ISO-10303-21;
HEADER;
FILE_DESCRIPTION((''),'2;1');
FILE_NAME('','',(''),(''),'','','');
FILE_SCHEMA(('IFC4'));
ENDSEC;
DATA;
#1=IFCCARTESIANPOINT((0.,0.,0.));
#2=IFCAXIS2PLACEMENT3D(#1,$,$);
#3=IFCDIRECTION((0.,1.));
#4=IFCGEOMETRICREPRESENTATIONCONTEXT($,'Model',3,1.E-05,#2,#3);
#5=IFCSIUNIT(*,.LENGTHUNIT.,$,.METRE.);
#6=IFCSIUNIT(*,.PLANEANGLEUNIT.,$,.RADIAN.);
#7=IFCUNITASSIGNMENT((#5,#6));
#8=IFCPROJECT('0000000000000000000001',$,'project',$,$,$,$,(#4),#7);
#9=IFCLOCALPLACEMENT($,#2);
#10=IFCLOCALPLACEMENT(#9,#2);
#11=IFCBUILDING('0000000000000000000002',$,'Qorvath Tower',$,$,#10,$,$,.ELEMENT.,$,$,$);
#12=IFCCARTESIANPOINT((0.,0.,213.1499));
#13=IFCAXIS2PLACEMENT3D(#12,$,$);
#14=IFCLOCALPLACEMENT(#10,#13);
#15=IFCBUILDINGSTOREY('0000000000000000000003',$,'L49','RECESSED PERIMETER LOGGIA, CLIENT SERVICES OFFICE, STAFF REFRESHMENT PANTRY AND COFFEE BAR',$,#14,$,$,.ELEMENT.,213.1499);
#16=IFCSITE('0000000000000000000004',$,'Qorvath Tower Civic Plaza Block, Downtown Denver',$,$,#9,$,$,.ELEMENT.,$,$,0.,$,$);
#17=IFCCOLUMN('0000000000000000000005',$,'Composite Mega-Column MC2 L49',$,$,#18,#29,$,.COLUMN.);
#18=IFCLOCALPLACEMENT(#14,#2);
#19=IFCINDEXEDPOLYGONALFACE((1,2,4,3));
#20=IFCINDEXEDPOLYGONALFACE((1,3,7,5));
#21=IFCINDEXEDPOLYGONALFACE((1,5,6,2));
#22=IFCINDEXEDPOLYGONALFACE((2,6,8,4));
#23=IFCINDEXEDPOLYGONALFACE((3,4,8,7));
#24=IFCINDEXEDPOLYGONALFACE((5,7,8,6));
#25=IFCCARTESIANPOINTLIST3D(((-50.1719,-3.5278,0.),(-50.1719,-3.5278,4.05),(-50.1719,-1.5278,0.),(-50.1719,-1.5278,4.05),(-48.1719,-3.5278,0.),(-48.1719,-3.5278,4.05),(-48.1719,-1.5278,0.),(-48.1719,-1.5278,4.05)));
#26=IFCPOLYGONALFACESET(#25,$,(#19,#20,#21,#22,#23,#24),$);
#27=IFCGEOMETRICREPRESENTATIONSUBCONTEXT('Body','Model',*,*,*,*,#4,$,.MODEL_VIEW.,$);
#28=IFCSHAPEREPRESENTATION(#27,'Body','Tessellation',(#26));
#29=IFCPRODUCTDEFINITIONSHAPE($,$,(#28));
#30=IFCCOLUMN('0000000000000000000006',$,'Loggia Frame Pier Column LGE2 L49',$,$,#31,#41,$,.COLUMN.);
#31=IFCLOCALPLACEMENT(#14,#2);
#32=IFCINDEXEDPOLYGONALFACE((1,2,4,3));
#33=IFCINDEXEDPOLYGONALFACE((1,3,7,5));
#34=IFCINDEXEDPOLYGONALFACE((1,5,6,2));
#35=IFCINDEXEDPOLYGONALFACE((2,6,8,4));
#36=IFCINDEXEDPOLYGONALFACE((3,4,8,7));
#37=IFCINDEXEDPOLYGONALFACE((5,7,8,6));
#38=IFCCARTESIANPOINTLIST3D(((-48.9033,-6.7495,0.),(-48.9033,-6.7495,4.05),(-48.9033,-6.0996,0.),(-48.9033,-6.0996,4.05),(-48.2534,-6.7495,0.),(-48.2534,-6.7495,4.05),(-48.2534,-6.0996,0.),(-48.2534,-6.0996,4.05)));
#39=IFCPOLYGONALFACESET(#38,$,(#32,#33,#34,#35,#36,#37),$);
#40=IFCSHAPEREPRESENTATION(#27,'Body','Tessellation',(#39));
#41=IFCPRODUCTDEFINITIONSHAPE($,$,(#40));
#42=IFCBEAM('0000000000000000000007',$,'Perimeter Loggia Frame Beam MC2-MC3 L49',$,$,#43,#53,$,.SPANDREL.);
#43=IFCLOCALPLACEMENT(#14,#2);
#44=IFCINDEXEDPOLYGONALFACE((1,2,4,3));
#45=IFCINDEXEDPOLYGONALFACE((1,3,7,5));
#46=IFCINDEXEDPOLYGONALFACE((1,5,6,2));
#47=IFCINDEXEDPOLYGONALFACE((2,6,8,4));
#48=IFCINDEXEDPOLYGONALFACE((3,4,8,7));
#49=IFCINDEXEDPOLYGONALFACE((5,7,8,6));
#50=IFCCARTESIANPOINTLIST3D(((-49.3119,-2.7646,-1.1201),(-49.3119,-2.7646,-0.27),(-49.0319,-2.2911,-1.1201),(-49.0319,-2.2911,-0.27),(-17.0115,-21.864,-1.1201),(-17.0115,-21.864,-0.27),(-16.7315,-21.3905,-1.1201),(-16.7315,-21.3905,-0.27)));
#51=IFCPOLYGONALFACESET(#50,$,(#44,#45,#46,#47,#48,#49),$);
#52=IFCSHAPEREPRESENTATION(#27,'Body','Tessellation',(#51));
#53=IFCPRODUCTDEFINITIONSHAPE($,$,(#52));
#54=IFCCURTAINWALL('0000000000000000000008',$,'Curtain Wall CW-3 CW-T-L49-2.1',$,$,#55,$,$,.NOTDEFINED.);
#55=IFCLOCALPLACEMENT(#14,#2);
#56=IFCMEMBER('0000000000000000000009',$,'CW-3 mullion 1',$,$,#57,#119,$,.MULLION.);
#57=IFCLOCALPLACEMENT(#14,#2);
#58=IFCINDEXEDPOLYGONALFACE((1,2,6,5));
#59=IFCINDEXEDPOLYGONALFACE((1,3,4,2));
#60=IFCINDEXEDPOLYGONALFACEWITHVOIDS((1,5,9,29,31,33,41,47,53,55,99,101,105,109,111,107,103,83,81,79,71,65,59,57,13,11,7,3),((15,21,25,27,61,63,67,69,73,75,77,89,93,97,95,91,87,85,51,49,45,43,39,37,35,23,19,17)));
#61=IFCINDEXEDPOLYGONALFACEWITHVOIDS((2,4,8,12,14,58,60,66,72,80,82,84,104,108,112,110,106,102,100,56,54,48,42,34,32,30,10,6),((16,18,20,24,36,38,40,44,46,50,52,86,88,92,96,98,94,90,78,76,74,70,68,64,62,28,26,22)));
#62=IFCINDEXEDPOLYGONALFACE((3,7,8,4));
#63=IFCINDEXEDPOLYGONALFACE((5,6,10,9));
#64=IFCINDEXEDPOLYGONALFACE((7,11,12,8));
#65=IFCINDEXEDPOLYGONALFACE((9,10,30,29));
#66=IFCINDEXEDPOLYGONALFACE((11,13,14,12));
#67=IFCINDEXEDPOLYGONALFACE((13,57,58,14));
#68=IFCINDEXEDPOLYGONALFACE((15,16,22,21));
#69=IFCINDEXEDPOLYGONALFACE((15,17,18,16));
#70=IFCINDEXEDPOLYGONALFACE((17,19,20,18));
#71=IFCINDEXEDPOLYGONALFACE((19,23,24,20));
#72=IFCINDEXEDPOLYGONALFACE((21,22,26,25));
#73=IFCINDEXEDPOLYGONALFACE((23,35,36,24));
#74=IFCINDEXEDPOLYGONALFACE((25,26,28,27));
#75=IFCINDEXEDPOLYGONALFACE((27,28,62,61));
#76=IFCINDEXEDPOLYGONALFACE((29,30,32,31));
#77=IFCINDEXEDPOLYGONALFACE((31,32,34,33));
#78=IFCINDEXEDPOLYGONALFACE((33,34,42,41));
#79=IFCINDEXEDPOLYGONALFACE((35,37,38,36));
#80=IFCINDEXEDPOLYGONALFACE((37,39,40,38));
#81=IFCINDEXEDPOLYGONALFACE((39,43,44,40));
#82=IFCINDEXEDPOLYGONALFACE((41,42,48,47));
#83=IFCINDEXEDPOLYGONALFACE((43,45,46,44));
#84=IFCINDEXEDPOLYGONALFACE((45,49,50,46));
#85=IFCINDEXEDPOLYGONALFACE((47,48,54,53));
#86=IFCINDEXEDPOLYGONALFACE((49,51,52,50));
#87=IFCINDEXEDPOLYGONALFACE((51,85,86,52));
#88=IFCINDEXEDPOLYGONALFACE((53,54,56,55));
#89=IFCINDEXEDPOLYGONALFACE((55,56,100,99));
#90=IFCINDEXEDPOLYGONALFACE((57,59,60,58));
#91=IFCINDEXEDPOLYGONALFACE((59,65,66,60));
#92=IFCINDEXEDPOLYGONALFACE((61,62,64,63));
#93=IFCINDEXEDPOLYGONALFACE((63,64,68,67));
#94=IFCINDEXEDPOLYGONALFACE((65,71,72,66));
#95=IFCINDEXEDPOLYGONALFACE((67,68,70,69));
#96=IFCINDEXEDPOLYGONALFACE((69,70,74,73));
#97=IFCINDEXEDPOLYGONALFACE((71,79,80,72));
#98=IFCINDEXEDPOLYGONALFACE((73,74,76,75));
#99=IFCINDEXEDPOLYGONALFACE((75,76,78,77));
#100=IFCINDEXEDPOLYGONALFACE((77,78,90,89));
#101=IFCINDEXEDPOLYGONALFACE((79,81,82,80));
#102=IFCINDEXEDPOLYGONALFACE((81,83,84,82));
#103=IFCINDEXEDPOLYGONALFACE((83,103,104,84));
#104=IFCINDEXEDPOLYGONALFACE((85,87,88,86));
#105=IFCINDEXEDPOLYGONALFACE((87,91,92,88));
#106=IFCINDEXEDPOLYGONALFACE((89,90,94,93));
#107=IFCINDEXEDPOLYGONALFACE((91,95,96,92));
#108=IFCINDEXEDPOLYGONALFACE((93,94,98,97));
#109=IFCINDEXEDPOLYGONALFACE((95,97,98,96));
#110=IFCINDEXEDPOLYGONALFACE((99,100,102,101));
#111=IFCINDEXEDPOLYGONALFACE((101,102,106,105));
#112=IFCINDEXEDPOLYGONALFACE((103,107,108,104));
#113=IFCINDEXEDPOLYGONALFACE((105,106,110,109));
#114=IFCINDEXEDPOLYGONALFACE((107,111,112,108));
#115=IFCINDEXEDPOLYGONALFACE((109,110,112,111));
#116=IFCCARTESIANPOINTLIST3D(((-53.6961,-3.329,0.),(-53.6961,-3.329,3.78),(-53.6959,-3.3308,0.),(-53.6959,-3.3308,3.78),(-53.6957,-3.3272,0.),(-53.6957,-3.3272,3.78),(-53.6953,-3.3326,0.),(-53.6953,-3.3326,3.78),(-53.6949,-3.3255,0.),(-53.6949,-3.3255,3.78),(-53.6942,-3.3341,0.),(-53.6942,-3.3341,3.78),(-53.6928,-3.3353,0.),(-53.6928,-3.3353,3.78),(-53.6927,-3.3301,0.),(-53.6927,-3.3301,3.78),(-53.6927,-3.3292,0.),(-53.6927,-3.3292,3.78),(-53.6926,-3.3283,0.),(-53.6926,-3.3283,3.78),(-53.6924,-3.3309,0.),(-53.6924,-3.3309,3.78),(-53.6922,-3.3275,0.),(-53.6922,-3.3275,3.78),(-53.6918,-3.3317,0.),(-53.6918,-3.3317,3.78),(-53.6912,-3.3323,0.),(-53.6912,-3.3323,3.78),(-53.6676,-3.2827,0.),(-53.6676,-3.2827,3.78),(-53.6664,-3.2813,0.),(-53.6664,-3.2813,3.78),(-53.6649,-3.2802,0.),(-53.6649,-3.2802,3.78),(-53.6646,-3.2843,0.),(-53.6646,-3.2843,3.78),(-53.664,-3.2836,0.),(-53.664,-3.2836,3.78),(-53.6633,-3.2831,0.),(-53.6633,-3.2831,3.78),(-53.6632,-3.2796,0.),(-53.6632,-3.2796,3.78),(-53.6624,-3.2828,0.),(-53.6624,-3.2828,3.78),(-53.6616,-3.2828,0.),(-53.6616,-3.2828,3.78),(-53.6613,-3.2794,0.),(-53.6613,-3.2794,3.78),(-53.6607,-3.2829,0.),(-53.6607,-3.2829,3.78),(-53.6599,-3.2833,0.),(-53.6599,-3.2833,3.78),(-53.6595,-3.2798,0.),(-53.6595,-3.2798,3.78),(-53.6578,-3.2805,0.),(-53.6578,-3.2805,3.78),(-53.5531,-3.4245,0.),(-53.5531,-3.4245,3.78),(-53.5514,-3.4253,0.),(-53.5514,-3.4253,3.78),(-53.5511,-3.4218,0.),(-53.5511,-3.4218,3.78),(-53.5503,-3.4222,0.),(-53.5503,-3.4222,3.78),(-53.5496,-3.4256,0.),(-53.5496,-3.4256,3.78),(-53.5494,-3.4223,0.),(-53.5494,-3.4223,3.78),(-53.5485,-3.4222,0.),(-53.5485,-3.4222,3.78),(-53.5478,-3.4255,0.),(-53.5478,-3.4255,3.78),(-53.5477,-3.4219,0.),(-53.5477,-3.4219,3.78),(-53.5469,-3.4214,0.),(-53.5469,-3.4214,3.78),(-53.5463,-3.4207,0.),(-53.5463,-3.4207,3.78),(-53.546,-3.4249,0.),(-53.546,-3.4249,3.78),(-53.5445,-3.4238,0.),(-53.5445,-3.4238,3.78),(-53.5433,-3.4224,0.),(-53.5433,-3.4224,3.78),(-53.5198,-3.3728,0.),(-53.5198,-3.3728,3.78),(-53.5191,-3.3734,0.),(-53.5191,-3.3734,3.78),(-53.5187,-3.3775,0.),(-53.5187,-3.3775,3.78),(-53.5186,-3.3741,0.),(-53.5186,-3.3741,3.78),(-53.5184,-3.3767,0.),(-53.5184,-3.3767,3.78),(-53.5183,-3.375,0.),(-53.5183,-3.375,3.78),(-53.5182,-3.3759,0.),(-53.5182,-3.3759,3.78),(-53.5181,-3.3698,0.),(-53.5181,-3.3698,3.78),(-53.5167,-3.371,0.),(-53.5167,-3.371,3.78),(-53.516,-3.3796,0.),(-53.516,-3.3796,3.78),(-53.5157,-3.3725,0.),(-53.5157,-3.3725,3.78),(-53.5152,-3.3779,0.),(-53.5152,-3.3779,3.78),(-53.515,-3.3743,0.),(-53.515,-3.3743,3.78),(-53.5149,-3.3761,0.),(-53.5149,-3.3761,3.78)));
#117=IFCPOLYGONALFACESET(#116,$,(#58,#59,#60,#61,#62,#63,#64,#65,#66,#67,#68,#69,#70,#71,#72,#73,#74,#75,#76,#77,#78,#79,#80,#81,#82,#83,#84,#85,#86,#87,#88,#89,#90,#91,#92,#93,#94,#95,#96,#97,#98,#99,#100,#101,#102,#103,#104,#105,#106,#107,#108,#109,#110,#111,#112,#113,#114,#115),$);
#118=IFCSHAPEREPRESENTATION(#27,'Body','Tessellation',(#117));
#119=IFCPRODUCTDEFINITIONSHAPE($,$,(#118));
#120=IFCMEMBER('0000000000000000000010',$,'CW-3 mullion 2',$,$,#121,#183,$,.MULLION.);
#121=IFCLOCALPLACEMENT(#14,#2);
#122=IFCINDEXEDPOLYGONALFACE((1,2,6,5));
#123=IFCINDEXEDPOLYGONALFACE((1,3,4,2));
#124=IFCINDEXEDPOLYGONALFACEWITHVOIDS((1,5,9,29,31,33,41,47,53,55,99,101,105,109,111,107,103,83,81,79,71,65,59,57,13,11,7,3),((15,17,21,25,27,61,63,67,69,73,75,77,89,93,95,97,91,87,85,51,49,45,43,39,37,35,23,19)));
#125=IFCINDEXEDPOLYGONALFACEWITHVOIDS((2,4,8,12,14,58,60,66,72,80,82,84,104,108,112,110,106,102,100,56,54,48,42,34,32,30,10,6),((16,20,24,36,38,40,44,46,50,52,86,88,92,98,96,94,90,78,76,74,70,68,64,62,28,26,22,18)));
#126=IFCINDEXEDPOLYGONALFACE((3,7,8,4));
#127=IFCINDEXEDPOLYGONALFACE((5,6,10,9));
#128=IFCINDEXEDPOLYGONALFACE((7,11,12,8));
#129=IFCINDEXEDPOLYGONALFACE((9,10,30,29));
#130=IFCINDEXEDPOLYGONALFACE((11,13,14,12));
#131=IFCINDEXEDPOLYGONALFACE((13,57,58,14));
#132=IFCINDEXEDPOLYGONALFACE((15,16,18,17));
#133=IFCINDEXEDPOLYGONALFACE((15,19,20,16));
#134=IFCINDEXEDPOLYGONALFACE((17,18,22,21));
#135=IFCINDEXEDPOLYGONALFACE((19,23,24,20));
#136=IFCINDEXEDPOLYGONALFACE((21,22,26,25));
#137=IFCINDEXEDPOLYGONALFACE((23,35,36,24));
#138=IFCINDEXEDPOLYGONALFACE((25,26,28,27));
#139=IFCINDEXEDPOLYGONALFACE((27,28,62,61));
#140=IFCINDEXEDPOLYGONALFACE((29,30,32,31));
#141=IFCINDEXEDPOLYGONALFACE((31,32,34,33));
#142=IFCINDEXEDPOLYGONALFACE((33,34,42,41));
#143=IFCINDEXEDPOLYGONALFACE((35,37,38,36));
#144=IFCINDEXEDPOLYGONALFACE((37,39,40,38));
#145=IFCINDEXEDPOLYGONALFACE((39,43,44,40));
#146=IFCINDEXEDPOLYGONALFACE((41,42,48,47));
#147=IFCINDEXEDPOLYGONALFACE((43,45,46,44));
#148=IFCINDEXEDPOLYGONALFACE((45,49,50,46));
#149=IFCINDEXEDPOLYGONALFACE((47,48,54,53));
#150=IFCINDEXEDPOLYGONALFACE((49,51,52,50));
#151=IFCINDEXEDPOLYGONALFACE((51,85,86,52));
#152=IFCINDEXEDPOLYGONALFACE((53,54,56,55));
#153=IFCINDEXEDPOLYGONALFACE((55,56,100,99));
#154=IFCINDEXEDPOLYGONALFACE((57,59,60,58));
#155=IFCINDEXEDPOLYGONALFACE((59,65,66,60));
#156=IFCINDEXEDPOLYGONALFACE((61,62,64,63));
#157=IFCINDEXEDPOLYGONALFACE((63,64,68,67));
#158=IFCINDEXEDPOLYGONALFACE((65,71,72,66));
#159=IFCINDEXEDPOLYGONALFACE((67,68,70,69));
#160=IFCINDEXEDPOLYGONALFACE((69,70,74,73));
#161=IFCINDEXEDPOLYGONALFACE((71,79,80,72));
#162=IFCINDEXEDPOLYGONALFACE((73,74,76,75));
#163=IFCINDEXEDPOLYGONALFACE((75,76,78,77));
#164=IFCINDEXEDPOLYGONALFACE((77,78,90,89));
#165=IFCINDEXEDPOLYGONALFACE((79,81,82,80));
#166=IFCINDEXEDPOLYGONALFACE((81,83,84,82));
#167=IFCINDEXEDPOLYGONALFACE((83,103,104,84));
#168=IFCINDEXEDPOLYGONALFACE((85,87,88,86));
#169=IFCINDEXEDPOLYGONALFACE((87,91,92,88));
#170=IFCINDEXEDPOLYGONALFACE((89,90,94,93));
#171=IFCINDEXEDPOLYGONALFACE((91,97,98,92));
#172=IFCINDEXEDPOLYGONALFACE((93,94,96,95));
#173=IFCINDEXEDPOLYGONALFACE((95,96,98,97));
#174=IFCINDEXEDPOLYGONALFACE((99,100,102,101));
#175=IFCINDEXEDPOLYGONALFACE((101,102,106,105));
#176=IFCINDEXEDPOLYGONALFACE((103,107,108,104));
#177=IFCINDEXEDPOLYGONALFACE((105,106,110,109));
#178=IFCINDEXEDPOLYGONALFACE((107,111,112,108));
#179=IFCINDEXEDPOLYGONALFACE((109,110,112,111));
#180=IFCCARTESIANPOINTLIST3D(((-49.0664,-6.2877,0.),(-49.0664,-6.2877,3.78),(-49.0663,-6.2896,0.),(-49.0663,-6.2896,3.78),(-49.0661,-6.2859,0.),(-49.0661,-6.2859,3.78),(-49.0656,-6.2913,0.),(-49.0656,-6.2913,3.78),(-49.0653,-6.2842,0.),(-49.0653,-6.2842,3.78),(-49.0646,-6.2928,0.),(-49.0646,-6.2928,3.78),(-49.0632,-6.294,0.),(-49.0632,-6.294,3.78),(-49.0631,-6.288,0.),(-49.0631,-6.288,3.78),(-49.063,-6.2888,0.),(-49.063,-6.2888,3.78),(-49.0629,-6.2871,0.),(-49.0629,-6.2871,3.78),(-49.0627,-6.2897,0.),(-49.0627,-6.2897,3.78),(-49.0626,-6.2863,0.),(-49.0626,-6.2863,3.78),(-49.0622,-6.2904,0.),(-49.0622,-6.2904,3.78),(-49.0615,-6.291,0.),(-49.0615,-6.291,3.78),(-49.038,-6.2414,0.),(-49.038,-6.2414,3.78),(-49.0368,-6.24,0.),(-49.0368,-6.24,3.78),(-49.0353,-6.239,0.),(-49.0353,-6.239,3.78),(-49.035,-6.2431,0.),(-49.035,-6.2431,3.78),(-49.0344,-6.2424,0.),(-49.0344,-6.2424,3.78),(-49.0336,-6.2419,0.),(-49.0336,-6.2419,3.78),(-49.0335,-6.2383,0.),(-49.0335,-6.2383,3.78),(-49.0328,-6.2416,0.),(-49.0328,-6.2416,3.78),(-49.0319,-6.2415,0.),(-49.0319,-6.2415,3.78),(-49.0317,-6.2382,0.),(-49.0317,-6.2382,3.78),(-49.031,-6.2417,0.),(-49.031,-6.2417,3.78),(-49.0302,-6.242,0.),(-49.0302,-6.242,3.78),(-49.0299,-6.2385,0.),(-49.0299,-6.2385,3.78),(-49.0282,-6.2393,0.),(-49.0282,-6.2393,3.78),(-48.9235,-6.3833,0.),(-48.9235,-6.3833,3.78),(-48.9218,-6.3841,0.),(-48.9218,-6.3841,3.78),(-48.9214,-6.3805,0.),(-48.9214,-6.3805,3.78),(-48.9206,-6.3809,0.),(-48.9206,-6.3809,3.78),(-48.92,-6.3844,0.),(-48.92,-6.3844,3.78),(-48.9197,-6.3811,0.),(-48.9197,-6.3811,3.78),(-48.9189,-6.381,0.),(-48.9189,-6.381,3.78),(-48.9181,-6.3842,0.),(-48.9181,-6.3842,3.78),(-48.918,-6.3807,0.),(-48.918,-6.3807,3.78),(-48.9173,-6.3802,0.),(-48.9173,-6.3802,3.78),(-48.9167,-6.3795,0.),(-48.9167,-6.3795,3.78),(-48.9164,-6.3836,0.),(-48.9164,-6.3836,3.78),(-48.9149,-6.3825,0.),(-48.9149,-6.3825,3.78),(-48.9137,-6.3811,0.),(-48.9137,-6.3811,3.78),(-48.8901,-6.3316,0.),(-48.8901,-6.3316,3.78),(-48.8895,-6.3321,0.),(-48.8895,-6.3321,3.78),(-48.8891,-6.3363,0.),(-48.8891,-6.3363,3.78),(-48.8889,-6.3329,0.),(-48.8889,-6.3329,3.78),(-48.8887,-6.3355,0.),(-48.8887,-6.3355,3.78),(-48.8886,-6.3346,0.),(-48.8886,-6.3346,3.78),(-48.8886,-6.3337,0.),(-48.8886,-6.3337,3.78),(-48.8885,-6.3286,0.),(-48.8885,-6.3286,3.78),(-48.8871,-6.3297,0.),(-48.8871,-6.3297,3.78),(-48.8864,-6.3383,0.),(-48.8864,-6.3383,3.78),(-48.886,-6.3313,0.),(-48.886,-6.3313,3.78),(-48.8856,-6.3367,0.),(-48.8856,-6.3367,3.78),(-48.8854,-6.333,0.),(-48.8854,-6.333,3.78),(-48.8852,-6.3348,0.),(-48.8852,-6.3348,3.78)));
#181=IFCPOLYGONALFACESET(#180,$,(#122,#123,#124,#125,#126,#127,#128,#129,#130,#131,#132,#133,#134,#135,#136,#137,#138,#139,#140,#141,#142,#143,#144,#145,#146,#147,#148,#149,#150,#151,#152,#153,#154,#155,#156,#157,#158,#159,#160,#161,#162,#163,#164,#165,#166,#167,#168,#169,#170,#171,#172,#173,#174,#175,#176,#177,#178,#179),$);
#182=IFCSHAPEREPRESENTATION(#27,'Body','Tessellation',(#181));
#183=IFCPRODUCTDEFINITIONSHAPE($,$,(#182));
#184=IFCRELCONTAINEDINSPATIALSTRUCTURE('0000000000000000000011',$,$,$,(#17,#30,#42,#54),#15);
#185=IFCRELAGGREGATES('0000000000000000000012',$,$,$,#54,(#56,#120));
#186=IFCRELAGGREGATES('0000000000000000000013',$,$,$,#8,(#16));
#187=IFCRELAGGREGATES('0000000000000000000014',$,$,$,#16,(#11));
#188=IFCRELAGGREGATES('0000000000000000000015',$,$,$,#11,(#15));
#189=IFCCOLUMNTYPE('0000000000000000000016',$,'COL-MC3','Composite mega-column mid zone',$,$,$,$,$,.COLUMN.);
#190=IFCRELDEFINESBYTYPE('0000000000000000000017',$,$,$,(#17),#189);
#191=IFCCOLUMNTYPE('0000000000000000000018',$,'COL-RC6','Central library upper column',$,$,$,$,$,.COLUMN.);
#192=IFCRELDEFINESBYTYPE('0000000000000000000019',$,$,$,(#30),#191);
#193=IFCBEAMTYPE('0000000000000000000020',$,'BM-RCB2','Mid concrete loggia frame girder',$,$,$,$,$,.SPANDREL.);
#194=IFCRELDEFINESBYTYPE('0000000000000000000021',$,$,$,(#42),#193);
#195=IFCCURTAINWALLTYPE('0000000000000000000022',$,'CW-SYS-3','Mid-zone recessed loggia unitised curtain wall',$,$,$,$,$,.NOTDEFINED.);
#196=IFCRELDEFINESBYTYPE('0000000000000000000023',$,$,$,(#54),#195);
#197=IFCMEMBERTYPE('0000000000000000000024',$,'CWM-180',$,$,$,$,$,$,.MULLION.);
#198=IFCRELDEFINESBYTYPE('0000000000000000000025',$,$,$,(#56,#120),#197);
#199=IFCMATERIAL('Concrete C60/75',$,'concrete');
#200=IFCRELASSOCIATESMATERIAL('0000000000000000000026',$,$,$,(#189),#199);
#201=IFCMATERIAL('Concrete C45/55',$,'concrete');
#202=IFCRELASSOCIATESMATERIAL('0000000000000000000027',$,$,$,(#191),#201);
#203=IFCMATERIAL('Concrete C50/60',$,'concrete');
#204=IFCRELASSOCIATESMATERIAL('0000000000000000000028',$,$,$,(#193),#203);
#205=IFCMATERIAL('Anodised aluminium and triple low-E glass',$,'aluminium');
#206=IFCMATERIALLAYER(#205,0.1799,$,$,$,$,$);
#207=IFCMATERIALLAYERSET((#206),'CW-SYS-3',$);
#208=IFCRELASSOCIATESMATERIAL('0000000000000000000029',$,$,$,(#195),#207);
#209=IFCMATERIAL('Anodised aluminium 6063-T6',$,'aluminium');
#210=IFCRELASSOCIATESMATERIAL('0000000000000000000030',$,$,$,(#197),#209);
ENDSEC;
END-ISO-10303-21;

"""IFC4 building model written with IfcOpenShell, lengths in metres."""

from ifc_helpers import new_model, si_unit, direction, frame, origin, origin_2d, place, context, subcontext, project, spatial, rectangle, hollow_rectangle, extrude, material, layer, layer_set, material_profile, profile_set, type_object, element, aggregate, save


model = new_model("IFC4")

# Units and contexts
model_context = context("Model", 3, precision=1e-05, world=origin(), true_north=direction((0.0, 1.0)))
body_context = subcontext(model_context, "Body", "Model", "MODEL_VIEW")
ifc_project = project(units=[si_unit("LENGTHUNIT", "METRE"), si_unit("PLANEANGLEUNIT", "RADIAN")], contexts=[model_context])

# Site, building, storey
site_placement = place(None, origin())
site = spatial("IfcSite", under=ifc_project, at=site_placement, Name="Qorvath Tower Civic Plaza Block, Downtown Denver", CompositionType="ELEMENT", RefElevation=0.0)
building_placement = place(site_placement, origin())
building = spatial("IfcBuilding", under=site, at=building_placement, Name="Qorvath Tower", CompositionType="ELEMENT")
storey_placement = place(building_placement, frame((0.0, 0.0, 213.1499)))
storey = spatial("IfcBuildingStorey", under=building, at=storey_placement, Name="L49", Description="RECESSED PERIMETER LOGGIA, CLIENT SERVICES OFFICE, STAFF REFRESHMENT PANTRY AND COFFEE BAR", CompositionType="ELEMENT", Elevation=213.1499)

# Columns
ifc_material_1 = material(Name="Concrete C60/75", Category="concrete")
ifc_material_profile_1 = material_profile(ifc_material_1, rectangle(XDim=2.0, YDim=2.0, at=origin_2d()), Name="MC 2000x2000")
ifc_profile_set_1 = profile_set([ifc_material_profile_1], Name="Concrete C60/75")
column_type_1 = type_object("IfcColumnType", Name="COL-MC3", Description="Composite mega-column mid zone", PredefinedType="COLUMN", material=ifc_profile_set_1)
column_1_placement = place(storey_placement, frame((-49.1719, -2.5278, 0.0), z_axis=(0.0, 0.0, 1.0), x_axis=(1.0, 0.0, 0.0)))
element("IfcColumn", 1, at=column_1_placement, inside=storey, type_object=column_type_1, Name="Composite Mega-Column MC2 L49", PredefinedType="COLUMN", context=body_context, shape_type="SweptSolid", body=[
    extrude(rectangle(XDim=2.0, YDim=2.0, at=origin_2d()), origin(), (0.0, 0.0, 1.0), 4.05),
])
ifc_material_2 = material(Name="Concrete C45/55", Category="concrete")
ifc_material_profile_2 = material_profile(ifc_material_2, rectangle(XDim=0.6499, YDim=0.6499, at=origin_2d()), Name="RC 650x650")
ifc_profile_set_2 = profile_set([ifc_material_profile_2], Name="Concrete C45/55")
column_type_2 = type_object("IfcColumnType", Name="COL-RC6", Description="Central library upper column", PredefinedType="COLUMN", material=ifc_profile_set_2)
column_2_placement = place(storey_placement, frame((-48.5784, -6.4246, 0.0), z_axis=(0.0, 0.0, 1.0), x_axis=(1.0, 0.0, 0.0)))
element("IfcColumn", 2, at=column_2_placement, inside=storey, type_object=column_type_2, Name="Loggia Frame Pier Column LGE2 L49", PredefinedType="COLUMN", context=body_context, shape_type="SweptSolid", body=[
    extrude(rectangle(XDim=0.6499, YDim=0.6499, at=origin_2d()), origin(), (0.0, 0.0, 1.0), 4.05),
])

# Beam
ifc_material_3 = material(Name="Concrete C50/60", Category="concrete")
ifc_material_profile_3 = material_profile(ifc_material_3, rectangle(XDim=0.55, YDim=0.8501, at=origin_2d()), Name="RCB 850x550")
ifc_profile_set_3 = profile_set([ifc_material_profile_3], Name="Concrete C50/60")
beam_type = type_object("IfcBeamType", Name="BM-RCB2", Description="Mid concrete loggia frame girder", PredefinedType="SPANDREL", material=ifc_profile_set_3)
beam_placement = place(storey_placement, frame((-49.1719, -2.5278, -0.6951), z_axis=(0.860777, -0.508983, 0.0), x_axis=(0.508983, 0.860777, 0.0)))
element("IfcBeam", 3, at=beam_placement, inside=storey, type_object=beam_type, Name="Perimeter Loggia Frame Beam MC2-MC3 L49", PredefinedType="SPANDREL", context=body_context, shape_type="SweptSolid", body=[
    extrude(rectangle(XDim=0.55, YDim=0.8501, at=origin_2d()), origin(), (0.0, 0.0, 1.0), 37.5247),
])

# Curtain wall, members
ifc_material_4 = material(Name="Anodised aluminium and triple low-E glass", Category="aluminium")
ifc_layer_1 = layer(ifc_material_4, 0.1799)
ifc_layer_set_1 = layer_set([ifc_layer_1], Name="CW-SYS-3")
curtain_wall_type = type_object("IfcCurtainWallType", Name="CW-SYS-3", Description="Mid-zone recessed loggia unitised curtain wall", PredefinedType="NOTDEFINED", material=ifc_layer_set_1)
curtain_wall_1_placement = place(storey_placement, origin())
curtain_wall_1 = element("IfcCurtainWall", 4, at=curtain_wall_1_placement, inside=storey, type_object=curtain_wall_type, Name="Curtain Wall CW-3 CW-T-L49-2.1", PredefinedType="NOTDEFINED")
ifc_material_5 = material(Name="Anodised aluminium 6063-T6", Category="aluminium")
ifc_material_profile_4 = material_profile(ifc_material_5, hollow_rectangle(XDim=0.0649, YDim=0.1799, WallThickness=0.0034, InnerFilletRadius=0.0034, OuterFilletRadius=0.0071, at=origin_2d()), Name="CWM 180x65")
ifc_profile_set_4 = profile_set([ifc_material_profile_4], Name="Anodised aluminium 6063-T6")
member_type_1 = type_object("IfcMemberType", Name="CWM-180", PredefinedType="MULLION", material=ifc_profile_set_4)
member_1_placement = place(storey_placement, frame((-53.6055, -3.3525, 0.0), z_axis=(0.0, 0.0, 1.0), x_axis=(0.538537, 0.842602, 0.0)))
member_1 = element("IfcMember", 5, at=member_1_placement, type_object=member_type_1, Name="CW-3 mullion 1", PredefinedType="MULLION", context=body_context, shape_type="SweptSolid", body=[
    extrude(hollow_rectangle(XDim=0.0649, YDim=0.1799, WallThickness=0.0034, InnerFilletRadius=0.0034, OuterFilletRadius=0.0071, at=origin_2d()), origin(), (0.0, 0.0, 1.0), 3.78),
])
member_2_placement = place(storey_placement, frame((-48.9758, -6.3113, 0.0), z_axis=(0.0, 0.0, 1.0), x_axis=(0.538537, 0.842602, 0.0)))
member_2 = element("IfcMember", 6, at=member_2_placement, type_object=member_type_1, Name="CW-3 mullion 2", PredefinedType="MULLION", context=body_context, shape_type="SweptSolid", body=[
    extrude(hollow_rectangle(XDim=0.0649, YDim=0.1799, WallThickness=0.0034, InnerFilletRadius=0.0034, OuterFilletRadius=0.0071, at=origin_2d()), origin(), (0.0, 0.0, 1.0), 3.78),
])

aggregate(curtain_wall_1, [member_1, member_2])

save(model, "model.ifc")
